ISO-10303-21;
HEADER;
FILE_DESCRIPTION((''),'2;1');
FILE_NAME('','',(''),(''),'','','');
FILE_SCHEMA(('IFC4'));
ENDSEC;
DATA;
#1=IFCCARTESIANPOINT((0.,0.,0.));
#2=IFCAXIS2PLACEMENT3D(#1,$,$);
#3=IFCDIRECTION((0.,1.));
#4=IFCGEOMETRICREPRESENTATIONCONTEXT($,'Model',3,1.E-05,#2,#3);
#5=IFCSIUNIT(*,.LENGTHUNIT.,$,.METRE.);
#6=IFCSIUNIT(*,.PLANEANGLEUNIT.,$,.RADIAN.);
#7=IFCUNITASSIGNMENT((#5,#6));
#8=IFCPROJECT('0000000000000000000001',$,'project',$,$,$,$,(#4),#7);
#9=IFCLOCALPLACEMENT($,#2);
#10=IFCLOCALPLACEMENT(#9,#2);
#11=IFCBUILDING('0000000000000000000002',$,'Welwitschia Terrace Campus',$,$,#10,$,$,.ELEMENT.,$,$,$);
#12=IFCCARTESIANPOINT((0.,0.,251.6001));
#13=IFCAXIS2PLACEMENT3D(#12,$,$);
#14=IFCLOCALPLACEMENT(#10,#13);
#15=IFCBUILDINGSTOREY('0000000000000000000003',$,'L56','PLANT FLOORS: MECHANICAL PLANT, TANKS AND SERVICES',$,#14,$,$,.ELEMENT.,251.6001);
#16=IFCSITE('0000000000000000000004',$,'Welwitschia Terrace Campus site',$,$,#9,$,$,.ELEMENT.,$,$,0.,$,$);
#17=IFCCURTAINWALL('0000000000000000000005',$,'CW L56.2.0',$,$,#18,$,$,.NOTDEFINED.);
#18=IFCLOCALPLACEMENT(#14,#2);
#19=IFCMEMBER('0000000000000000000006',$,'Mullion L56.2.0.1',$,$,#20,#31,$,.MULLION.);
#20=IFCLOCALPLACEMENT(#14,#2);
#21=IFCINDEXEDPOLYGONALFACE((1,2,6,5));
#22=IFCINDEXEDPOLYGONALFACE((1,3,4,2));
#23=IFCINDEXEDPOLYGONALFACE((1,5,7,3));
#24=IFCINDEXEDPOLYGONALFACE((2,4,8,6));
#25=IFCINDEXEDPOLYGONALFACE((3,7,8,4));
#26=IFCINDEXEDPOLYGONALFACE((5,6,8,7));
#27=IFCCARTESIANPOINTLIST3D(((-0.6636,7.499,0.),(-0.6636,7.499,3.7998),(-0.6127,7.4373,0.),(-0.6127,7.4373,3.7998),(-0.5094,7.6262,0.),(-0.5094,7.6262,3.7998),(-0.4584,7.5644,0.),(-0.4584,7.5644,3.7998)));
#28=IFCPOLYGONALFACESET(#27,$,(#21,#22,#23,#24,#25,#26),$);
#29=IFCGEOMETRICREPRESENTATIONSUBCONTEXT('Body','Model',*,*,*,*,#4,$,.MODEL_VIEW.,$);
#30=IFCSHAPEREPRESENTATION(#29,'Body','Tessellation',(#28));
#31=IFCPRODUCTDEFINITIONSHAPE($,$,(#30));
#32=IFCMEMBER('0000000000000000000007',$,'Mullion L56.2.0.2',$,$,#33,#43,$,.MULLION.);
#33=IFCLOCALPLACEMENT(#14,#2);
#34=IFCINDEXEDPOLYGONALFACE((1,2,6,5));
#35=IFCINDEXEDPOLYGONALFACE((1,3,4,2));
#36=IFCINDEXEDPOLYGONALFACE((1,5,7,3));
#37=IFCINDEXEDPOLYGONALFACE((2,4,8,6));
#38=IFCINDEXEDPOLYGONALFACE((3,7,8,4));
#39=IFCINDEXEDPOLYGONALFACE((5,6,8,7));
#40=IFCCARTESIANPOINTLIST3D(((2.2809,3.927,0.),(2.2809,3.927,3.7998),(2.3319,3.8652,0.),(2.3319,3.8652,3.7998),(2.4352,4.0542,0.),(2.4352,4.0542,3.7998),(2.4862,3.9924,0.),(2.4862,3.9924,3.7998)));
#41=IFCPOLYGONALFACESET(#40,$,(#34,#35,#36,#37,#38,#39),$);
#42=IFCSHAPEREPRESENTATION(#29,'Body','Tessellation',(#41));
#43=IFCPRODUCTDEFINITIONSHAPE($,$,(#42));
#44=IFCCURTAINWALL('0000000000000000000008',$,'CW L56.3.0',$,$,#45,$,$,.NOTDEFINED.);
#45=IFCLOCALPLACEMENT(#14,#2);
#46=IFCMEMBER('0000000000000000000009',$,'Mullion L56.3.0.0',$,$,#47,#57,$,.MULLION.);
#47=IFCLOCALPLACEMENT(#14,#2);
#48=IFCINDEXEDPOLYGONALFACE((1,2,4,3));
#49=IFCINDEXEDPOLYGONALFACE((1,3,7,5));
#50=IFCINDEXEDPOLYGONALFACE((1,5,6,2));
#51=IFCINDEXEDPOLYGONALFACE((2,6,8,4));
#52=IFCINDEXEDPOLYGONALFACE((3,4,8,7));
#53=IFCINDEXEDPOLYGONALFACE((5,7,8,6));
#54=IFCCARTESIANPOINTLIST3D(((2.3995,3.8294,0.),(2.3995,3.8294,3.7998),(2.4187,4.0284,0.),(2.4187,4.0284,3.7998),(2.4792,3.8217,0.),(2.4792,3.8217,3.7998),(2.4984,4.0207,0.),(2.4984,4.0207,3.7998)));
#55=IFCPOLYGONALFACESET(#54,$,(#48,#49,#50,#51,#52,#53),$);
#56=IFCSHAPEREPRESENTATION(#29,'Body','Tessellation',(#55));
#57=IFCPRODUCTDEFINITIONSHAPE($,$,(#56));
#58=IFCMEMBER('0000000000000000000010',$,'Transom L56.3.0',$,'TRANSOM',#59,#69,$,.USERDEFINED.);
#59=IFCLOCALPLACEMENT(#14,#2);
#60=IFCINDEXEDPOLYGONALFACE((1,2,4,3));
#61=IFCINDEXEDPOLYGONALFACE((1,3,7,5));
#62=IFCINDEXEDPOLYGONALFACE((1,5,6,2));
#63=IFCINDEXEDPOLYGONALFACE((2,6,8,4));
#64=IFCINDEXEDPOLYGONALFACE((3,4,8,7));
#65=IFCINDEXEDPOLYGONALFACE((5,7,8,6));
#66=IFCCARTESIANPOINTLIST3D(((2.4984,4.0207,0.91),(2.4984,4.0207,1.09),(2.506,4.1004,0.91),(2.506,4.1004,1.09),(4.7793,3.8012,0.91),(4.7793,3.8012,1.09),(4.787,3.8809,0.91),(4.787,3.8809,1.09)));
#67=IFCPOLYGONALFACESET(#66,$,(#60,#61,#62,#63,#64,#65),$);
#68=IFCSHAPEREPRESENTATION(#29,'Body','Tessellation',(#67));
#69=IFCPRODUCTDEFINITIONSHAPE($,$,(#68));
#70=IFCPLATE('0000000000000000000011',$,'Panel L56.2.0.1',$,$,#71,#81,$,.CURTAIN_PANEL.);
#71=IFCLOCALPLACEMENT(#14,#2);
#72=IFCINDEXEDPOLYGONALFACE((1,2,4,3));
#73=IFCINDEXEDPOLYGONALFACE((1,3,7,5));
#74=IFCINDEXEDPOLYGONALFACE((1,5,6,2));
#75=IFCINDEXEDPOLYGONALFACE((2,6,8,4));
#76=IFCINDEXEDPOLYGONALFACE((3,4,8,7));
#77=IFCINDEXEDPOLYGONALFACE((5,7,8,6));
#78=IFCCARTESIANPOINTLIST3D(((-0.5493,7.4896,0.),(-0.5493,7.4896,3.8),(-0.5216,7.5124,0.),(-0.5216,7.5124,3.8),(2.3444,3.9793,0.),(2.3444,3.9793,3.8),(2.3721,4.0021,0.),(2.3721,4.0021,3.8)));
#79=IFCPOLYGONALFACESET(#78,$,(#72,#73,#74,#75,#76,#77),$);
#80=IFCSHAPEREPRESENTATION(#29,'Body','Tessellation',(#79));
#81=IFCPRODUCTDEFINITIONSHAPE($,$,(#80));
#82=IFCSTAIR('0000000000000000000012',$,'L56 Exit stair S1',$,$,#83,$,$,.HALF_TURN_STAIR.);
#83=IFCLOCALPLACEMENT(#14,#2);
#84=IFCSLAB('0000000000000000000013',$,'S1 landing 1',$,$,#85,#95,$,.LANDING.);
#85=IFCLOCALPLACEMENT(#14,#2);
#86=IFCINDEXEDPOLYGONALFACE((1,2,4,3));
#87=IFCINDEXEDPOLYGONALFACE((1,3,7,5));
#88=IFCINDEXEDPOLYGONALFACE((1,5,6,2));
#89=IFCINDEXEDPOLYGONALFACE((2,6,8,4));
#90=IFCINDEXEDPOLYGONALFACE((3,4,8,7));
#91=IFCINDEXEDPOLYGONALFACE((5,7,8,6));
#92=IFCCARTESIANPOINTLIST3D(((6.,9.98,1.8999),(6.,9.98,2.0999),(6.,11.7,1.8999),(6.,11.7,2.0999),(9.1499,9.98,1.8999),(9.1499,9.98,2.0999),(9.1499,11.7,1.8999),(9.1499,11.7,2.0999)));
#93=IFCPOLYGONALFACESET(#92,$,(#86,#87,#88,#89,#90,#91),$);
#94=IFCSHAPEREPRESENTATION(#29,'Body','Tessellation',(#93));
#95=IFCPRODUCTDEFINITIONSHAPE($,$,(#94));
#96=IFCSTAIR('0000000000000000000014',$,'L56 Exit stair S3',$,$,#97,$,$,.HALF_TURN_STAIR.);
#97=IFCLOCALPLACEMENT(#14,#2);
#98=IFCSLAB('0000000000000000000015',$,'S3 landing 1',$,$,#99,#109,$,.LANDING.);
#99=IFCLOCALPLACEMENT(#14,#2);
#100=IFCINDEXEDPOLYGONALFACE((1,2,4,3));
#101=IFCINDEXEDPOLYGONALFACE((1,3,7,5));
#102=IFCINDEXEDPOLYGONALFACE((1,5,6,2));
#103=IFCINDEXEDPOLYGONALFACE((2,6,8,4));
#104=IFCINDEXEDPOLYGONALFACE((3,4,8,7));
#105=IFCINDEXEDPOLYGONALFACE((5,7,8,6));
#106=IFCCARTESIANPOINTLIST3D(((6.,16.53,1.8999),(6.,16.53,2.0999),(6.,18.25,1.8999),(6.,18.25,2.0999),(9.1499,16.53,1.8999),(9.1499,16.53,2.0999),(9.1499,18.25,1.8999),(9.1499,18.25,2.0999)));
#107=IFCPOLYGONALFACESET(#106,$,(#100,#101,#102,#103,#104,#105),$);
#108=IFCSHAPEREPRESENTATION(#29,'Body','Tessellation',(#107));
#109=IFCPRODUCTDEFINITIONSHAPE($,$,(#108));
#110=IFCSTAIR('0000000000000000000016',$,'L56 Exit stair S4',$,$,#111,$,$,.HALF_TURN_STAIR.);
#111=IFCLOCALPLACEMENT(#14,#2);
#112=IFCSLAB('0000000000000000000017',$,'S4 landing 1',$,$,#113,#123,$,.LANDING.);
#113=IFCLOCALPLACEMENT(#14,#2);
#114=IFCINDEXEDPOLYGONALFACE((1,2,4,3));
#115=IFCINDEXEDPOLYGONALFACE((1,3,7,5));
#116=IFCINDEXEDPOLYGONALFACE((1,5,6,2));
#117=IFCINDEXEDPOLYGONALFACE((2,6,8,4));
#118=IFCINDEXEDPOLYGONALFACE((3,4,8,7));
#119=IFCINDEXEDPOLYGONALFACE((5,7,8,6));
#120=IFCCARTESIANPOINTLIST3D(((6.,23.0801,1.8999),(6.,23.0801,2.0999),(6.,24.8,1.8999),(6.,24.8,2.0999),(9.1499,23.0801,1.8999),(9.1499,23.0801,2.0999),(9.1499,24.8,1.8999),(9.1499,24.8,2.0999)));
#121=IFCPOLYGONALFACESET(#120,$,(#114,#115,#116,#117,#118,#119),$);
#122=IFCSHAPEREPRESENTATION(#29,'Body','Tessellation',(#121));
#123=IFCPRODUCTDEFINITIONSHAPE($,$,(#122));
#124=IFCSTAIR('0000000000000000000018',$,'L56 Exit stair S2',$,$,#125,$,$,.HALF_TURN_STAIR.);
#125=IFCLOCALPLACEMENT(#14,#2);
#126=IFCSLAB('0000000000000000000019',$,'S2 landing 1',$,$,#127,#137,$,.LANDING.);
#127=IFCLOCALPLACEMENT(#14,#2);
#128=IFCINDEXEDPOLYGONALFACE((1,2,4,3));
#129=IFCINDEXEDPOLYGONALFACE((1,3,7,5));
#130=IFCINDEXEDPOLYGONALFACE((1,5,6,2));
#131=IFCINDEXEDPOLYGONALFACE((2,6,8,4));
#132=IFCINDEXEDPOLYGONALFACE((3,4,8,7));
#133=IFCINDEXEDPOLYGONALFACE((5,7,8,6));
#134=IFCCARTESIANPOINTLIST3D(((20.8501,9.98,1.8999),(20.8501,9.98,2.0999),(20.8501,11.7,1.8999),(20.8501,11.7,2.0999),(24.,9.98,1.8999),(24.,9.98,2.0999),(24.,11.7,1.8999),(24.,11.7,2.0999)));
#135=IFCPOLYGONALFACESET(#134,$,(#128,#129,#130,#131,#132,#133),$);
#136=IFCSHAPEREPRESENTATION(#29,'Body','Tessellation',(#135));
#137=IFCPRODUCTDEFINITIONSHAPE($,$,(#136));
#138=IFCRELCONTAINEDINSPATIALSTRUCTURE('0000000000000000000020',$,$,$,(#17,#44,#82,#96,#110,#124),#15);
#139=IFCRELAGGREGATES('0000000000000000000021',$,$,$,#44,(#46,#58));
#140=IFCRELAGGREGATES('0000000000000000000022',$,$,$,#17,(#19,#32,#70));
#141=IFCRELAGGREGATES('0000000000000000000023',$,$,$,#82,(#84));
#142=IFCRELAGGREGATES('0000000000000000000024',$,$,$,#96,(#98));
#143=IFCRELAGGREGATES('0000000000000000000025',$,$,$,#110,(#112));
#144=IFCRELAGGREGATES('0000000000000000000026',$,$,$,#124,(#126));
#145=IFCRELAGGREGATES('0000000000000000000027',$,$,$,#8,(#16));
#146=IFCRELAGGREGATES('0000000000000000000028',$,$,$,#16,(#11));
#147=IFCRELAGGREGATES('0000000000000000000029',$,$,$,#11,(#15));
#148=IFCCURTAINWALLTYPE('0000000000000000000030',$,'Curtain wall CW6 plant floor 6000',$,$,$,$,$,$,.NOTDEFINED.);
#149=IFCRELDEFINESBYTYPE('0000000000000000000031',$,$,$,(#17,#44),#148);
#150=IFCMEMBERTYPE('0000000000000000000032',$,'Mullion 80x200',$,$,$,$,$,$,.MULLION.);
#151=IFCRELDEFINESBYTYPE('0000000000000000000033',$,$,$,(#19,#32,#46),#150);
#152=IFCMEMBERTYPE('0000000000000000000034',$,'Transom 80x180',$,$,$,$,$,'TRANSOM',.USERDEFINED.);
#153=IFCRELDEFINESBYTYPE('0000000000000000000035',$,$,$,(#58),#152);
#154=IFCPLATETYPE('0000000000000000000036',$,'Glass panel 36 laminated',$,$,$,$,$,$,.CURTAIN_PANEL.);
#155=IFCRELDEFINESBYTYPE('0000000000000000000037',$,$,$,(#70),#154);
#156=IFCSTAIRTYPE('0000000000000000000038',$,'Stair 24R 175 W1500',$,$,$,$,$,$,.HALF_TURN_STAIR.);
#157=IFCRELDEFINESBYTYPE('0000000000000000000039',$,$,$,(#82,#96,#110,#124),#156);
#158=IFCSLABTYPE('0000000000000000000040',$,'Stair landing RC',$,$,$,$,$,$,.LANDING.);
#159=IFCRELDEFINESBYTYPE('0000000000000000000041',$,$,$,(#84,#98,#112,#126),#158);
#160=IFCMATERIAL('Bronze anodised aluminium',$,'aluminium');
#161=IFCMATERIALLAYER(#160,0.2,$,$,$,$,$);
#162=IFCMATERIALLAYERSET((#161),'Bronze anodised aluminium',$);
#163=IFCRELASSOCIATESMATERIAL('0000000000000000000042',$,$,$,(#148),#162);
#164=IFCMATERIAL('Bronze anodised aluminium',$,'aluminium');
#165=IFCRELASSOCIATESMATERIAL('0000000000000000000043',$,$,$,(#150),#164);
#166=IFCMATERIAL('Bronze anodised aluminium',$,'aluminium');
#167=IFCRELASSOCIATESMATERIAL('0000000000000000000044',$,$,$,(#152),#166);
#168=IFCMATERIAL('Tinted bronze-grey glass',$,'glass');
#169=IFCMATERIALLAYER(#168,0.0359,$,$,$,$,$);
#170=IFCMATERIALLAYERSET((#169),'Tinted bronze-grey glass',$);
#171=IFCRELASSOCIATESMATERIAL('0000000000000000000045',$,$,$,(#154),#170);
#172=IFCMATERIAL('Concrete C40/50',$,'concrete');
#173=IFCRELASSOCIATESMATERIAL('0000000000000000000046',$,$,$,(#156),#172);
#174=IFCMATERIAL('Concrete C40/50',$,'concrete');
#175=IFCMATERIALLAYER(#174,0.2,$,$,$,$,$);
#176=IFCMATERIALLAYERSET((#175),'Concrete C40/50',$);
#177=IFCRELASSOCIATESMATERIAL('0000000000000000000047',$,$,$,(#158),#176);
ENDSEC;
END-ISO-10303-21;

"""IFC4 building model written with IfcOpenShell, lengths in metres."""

from ifc_helpers import new_model, si_unit, direction, frame, origin, origin_2d, place, context, subcontext, project, spatial, polyline, rectangle, outline, extrude, material, layer, layer_set, material_profile, profile_set, type_object, element, aggregate, save


model = new_model("IFC4")

# Units and contexts
model_context = context("Model", 3, precision=1e-05, world=origin(), true_north=direction((0.0, 1.0)))
body_context = subcontext(model_context, "Body", "Model", "MODEL_VIEW")
ifc_project = project(units=[si_unit("LENGTHUNIT", "METRE"), si_unit("PLANEANGLEUNIT", "RADIAN")], contexts=[model_context])

# Site, building, storey
site_placement = place(None, origin())
site = spatial("IfcSite", under=ifc_project, at=site_placement, Name="Welwitschia Terrace Campus site", CompositionType="ELEMENT", RefElevation=0.0)
building_placement = place(site_placement, origin())
building = spatial("IfcBuilding", under=site, at=building_placement, Name="Welwitschia Terrace Campus", CompositionType="ELEMENT")
storey_placement = place(building_placement, frame((0.0, 0.0, 251.6001)))
storey = spatial("IfcBuildingStorey", under=building, at=storey_placement, Name="L56", Description="PLANT FLOORS: MECHANICAL PLANT, TANKS AND SERVICES", CompositionType="ELEMENT", Elevation=251.6001)

# Curtain walls, members
ifc_material_1 = material(Name="Bronze anodised aluminium", Category="aluminium")
ifc_layer_1 = layer(ifc_material_1, 0.2)
ifc_layer_set_1 = layer_set([ifc_layer_1], Name="Bronze anodised aluminium")
curtain_wall_type = type_object("IfcCurtainWallType", Name="Curtain wall CW6 plant floor 6000", PredefinedType="NOTDEFINED", material=ifc_layer_set_1)
curtain_wall_1_placement = place(storey_placement, origin())
curtain_wall_1 = element("IfcCurtainWall", 1, at=curtain_wall_1_placement, inside=storey, type_object=curtain_wall_type, Name="CW L56.2.0", PredefinedType="NOTDEFINED")
ifc_material_2 = material(Name="Bronze anodised aluminium", Category="aluminium")
ifc_material_profile_1 = material_profile(ifc_material_2, rectangle(XDim=0.2, YDim=0.0801, at=origin_2d()))
ifc_profile_set_1 = profile_set([ifc_material_profile_1], Name="Bronze anodised aluminium")
member_type_1 = type_object("IfcMemberType", Name="Mullion 80x200", PredefinedType="MULLION", material=ifc_profile_set_1)
member_1_placement = place(storey_placement, frame((-0.561, 7.5317, 0.0), z_axis=(0.0, 0.0, 1.0), x_axis=(0.771625, 0.636078, 0.0)))
member_1 = element("IfcMember", 2, at=member_1_placement, type_object=member_type_1, Name="Mullion L56.2.0.1", PredefinedType="MULLION", context=body_context, shape_type="SweptSolid", body=[
    extrude(rectangle(XDim=0.2, YDim=0.0801, at=origin_2d()), origin(), (0.0, 0.0, 1.0), 3.7998),
])
member_2_placement = place(storey_placement, frame((2.3835, 3.9597, 0.0), z_axis=(0.0, 0.0, 1.0), x_axis=(0.771625, 0.636078, 0.0)))
member_2 = element("IfcMember", 3, at=member_2_placement, type_object=member_type_1, Name="Mullion L56.2.0.2", PredefinedType="MULLION", context=body_context, shape_type="SweptSolid", body=[
    extrude(rectangle(XDim=0.2, YDim=0.0801, at=origin_2d()), origin(), (0.0, 0.0, 1.0), 3.7998),
])
curtain_wall_2_placement = place(storey_placement, origin())
curtain_wall_2 = element("IfcCurtainWall", 4, at=curtain_wall_2_placement, inside=storey, type_object=curtain_wall_type, Name="CW L56.3.0", PredefinedType="NOTDEFINED")
member_3_placement = place(storey_placement, frame((2.449, 3.925, 0.0), z_axis=(0.0, 0.0, 1.0), x_axis=(0.095846, 0.995396, 0.0)))
member_3 = element("IfcMember", 5, at=member_3_placement, type_object=member_type_1, Name="Mullion L56.3.0.0", PredefinedType="MULLION", context=body_context, shape_type="SweptSolid", body=[
    extrude(rectangle(XDim=0.2, YDim=0.0801, at=origin_2d()), origin(), (0.0, 0.0, 1.0), 3.7998),
])
ifc_material_3 = material(Name="Bronze anodised aluminium", Category="aluminium")
ifc_material_profile_2 = material_profile(ifc_material_3, rectangle(XDim=0.0801, YDim=0.1799, at=origin_2d()))
ifc_profile_set_2 = profile_set([ifc_material_profile_2], Name="Bronze anodised aluminium")
member_type_2 = type_object("IfcMemberType", Name="Transom 80x180", ElementType="TRANSOM", PredefinedType="USERDEFINED", material=ifc_profile_set_2)
member_4_placement = place(storey_placement, frame((2.5022, 4.0605, 1.0), z_axis=(0.995403, -0.095779, 0.0), x_axis=(0.095779, 0.995403, 0.0)))
member_4 = element("IfcMember", 6, at=member_4_placement, type_object=member_type_2, Name="Transom L56.3.0", ObjectType="TRANSOM", PredefinedType="USERDEFINED", context=body_context, shape_type="SweptSolid", body=[
    extrude(rectangle(XDim=0.0801, YDim=0.1799, at=origin_2d()), origin(), (0.0, 0.0, 1.0), 2.2915),
])
aggregate(curtain_wall_2, [member_3, member_4])

# Plate
ifc_material_4 = material(Name="Tinted bronze-grey glass", Category="glass")
ifc_layer_2 = layer(ifc_material_4, 0.0359)
ifc_layer_set_2 = layer_set([ifc_layer_2], Name="Tinted bronze-grey glass")
plate_type = type_object("IfcPlateType", Name="Glass panel 36 laminated", PredefinedType="CURTAIN_PANEL", material=ifc_layer_set_2)
plate_placement = place(storey_placement, frame((0.9114, 5.7458, 0.0), z_axis=(0.0, 0.0, 1.0), x_axis=(0.636078, -0.771625, 0.0)))
plate = element("IfcPlate", 7, at=plate_placement, type_object=plate_type, Name="Panel L56.2.0.1", PredefinedType="CURTAIN_PANEL", context=body_context, shape_type="SweptSolid", body=[
    extrude(rectangle(XDim=4.5493, YDim=0.0359, at=origin_2d()), origin(), (0.0, 0.0, 1.0), 3.8),
])
aggregate(curtain_wall_1, [member_1, member_2, plate])

# Stairs, slabs
ifc_material_5 = material(Name="Concrete C40/50", Category="concrete")
stair_type = type_object("IfcStairType", Name="Stair 24R 175 W1500", PredefinedType="HALF_TURN_STAIR", material=ifc_material_5)
stair_1_placement = place(storey_placement, origin())
stair_1 = element("IfcStair", 8, at=stair_1_placement, inside=storey, type_object=stair_type, Name="L56 Exit stair S1", PredefinedType="HALF_TURN_STAIR")
ifc_material_6 = material(Name="Concrete C40/50", Category="concrete")
ifc_layer_3 = layer(ifc_material_6, 0.2)
ifc_layer_set_3 = layer_set([ifc_layer_3], Name="Concrete C40/50")
slab_type_1 = type_object("IfcSlabType", Name="Stair landing RC", PredefinedType="LANDING", material=ifc_layer_set_3)
slab_1_placement = place(storey_placement, frame((0.0, 0.0, 1.8999)))
slab_1 = element("IfcSlab", 9, at=slab_1_placement, type_object=slab_type_1, Name="S1 landing 1", PredefinedType="LANDING", context=body_context, shape_type="SweptSolid", body=[
    extrude(outline(polyline([(9.1499, 9.98), (9.1499, 11.7), (6.0, 11.7), (6.0, 9.98), (9.1499, 9.98)])), origin(), (0.0, 0.0, 1.0), 0.2),
])
aggregate(stair_1, [slab_1])
stair_2_placement = place(storey_placement, origin())
stair_2 = element("IfcStair", 10, at=stair_2_placement, inside=storey, type_object=stair_type, Name="L56 Exit stair S3", PredefinedType="HALF_TURN_STAIR")
slab_2_placement = place(storey_placement, frame((0.0, 0.0, 1.8999)))
slab_2 = element("IfcSlab", 11, at=slab_2_placement, type_object=slab_type_1, Name="S3 landing 1", PredefinedType="LANDING", context=body_context, shape_type="SweptSolid", body=[
    extrude(outline(polyline([(9.1499, 16.53), (9.1499, 18.25), (6.0, 18.25), (6.0, 16.53), (9.1499, 16.53)])), origin(), (0.0, 0.0, 1.0), 0.2),
])
aggregate(stair_2, [slab_2])
stair_3_placement = place(storey_placement, origin())
stair_3 = element("IfcStair", 12, at=stair_3_placement, inside=storey, type_object=stair_type, Name="L56 Exit stair S4", PredefinedType="HALF_TURN_STAIR")
slab_3_placement = place(storey_placement, frame((0.0, 0.0, 1.8999)))
slab_3 = element("IfcSlab", 13, at=slab_3_placement, type_object=slab_type_1, Name="S4 landing 1", PredefinedType="LANDING", context=body_context, shape_type="SweptSolid", body=[
    extrude(outline(polyline([(9.1499, 23.0801), (9.1499, 24.8), (6.0, 24.8), (6.0, 23.0801), (9.1499, 23.0801)])), origin(), (0.0, 0.0, 1.0), 0.2),
])
aggregate(stair_3, [slab_3])
stair_4_placement = place(storey_placement, origin())
stair_4 = element("IfcStair", 14, at=stair_4_placement, inside=storey, type_object=stair_type, Name="L56 Exit stair S2", PredefinedType="HALF_TURN_STAIR")
slab_4_placement = place(storey_placement, frame((0.0, 0.0, 1.8999)))
slab_4 = element("IfcSlab", 15, at=slab_4_placement, type_object=slab_type_1, Name="S2 landing 1", PredefinedType="LANDING", context=body_context, shape_type="SweptSolid", body=[
    extrude(outline(polyline([(24.0, 9.98), (24.0, 11.7), (20.8501, 11.7), (20.8501, 9.98), (24.0, 9.98)])), origin(), (0.0, 0.0, 1.0), 0.2),
])
aggregate(stair_4, [slab_4])

save(model, "model.ifc")
